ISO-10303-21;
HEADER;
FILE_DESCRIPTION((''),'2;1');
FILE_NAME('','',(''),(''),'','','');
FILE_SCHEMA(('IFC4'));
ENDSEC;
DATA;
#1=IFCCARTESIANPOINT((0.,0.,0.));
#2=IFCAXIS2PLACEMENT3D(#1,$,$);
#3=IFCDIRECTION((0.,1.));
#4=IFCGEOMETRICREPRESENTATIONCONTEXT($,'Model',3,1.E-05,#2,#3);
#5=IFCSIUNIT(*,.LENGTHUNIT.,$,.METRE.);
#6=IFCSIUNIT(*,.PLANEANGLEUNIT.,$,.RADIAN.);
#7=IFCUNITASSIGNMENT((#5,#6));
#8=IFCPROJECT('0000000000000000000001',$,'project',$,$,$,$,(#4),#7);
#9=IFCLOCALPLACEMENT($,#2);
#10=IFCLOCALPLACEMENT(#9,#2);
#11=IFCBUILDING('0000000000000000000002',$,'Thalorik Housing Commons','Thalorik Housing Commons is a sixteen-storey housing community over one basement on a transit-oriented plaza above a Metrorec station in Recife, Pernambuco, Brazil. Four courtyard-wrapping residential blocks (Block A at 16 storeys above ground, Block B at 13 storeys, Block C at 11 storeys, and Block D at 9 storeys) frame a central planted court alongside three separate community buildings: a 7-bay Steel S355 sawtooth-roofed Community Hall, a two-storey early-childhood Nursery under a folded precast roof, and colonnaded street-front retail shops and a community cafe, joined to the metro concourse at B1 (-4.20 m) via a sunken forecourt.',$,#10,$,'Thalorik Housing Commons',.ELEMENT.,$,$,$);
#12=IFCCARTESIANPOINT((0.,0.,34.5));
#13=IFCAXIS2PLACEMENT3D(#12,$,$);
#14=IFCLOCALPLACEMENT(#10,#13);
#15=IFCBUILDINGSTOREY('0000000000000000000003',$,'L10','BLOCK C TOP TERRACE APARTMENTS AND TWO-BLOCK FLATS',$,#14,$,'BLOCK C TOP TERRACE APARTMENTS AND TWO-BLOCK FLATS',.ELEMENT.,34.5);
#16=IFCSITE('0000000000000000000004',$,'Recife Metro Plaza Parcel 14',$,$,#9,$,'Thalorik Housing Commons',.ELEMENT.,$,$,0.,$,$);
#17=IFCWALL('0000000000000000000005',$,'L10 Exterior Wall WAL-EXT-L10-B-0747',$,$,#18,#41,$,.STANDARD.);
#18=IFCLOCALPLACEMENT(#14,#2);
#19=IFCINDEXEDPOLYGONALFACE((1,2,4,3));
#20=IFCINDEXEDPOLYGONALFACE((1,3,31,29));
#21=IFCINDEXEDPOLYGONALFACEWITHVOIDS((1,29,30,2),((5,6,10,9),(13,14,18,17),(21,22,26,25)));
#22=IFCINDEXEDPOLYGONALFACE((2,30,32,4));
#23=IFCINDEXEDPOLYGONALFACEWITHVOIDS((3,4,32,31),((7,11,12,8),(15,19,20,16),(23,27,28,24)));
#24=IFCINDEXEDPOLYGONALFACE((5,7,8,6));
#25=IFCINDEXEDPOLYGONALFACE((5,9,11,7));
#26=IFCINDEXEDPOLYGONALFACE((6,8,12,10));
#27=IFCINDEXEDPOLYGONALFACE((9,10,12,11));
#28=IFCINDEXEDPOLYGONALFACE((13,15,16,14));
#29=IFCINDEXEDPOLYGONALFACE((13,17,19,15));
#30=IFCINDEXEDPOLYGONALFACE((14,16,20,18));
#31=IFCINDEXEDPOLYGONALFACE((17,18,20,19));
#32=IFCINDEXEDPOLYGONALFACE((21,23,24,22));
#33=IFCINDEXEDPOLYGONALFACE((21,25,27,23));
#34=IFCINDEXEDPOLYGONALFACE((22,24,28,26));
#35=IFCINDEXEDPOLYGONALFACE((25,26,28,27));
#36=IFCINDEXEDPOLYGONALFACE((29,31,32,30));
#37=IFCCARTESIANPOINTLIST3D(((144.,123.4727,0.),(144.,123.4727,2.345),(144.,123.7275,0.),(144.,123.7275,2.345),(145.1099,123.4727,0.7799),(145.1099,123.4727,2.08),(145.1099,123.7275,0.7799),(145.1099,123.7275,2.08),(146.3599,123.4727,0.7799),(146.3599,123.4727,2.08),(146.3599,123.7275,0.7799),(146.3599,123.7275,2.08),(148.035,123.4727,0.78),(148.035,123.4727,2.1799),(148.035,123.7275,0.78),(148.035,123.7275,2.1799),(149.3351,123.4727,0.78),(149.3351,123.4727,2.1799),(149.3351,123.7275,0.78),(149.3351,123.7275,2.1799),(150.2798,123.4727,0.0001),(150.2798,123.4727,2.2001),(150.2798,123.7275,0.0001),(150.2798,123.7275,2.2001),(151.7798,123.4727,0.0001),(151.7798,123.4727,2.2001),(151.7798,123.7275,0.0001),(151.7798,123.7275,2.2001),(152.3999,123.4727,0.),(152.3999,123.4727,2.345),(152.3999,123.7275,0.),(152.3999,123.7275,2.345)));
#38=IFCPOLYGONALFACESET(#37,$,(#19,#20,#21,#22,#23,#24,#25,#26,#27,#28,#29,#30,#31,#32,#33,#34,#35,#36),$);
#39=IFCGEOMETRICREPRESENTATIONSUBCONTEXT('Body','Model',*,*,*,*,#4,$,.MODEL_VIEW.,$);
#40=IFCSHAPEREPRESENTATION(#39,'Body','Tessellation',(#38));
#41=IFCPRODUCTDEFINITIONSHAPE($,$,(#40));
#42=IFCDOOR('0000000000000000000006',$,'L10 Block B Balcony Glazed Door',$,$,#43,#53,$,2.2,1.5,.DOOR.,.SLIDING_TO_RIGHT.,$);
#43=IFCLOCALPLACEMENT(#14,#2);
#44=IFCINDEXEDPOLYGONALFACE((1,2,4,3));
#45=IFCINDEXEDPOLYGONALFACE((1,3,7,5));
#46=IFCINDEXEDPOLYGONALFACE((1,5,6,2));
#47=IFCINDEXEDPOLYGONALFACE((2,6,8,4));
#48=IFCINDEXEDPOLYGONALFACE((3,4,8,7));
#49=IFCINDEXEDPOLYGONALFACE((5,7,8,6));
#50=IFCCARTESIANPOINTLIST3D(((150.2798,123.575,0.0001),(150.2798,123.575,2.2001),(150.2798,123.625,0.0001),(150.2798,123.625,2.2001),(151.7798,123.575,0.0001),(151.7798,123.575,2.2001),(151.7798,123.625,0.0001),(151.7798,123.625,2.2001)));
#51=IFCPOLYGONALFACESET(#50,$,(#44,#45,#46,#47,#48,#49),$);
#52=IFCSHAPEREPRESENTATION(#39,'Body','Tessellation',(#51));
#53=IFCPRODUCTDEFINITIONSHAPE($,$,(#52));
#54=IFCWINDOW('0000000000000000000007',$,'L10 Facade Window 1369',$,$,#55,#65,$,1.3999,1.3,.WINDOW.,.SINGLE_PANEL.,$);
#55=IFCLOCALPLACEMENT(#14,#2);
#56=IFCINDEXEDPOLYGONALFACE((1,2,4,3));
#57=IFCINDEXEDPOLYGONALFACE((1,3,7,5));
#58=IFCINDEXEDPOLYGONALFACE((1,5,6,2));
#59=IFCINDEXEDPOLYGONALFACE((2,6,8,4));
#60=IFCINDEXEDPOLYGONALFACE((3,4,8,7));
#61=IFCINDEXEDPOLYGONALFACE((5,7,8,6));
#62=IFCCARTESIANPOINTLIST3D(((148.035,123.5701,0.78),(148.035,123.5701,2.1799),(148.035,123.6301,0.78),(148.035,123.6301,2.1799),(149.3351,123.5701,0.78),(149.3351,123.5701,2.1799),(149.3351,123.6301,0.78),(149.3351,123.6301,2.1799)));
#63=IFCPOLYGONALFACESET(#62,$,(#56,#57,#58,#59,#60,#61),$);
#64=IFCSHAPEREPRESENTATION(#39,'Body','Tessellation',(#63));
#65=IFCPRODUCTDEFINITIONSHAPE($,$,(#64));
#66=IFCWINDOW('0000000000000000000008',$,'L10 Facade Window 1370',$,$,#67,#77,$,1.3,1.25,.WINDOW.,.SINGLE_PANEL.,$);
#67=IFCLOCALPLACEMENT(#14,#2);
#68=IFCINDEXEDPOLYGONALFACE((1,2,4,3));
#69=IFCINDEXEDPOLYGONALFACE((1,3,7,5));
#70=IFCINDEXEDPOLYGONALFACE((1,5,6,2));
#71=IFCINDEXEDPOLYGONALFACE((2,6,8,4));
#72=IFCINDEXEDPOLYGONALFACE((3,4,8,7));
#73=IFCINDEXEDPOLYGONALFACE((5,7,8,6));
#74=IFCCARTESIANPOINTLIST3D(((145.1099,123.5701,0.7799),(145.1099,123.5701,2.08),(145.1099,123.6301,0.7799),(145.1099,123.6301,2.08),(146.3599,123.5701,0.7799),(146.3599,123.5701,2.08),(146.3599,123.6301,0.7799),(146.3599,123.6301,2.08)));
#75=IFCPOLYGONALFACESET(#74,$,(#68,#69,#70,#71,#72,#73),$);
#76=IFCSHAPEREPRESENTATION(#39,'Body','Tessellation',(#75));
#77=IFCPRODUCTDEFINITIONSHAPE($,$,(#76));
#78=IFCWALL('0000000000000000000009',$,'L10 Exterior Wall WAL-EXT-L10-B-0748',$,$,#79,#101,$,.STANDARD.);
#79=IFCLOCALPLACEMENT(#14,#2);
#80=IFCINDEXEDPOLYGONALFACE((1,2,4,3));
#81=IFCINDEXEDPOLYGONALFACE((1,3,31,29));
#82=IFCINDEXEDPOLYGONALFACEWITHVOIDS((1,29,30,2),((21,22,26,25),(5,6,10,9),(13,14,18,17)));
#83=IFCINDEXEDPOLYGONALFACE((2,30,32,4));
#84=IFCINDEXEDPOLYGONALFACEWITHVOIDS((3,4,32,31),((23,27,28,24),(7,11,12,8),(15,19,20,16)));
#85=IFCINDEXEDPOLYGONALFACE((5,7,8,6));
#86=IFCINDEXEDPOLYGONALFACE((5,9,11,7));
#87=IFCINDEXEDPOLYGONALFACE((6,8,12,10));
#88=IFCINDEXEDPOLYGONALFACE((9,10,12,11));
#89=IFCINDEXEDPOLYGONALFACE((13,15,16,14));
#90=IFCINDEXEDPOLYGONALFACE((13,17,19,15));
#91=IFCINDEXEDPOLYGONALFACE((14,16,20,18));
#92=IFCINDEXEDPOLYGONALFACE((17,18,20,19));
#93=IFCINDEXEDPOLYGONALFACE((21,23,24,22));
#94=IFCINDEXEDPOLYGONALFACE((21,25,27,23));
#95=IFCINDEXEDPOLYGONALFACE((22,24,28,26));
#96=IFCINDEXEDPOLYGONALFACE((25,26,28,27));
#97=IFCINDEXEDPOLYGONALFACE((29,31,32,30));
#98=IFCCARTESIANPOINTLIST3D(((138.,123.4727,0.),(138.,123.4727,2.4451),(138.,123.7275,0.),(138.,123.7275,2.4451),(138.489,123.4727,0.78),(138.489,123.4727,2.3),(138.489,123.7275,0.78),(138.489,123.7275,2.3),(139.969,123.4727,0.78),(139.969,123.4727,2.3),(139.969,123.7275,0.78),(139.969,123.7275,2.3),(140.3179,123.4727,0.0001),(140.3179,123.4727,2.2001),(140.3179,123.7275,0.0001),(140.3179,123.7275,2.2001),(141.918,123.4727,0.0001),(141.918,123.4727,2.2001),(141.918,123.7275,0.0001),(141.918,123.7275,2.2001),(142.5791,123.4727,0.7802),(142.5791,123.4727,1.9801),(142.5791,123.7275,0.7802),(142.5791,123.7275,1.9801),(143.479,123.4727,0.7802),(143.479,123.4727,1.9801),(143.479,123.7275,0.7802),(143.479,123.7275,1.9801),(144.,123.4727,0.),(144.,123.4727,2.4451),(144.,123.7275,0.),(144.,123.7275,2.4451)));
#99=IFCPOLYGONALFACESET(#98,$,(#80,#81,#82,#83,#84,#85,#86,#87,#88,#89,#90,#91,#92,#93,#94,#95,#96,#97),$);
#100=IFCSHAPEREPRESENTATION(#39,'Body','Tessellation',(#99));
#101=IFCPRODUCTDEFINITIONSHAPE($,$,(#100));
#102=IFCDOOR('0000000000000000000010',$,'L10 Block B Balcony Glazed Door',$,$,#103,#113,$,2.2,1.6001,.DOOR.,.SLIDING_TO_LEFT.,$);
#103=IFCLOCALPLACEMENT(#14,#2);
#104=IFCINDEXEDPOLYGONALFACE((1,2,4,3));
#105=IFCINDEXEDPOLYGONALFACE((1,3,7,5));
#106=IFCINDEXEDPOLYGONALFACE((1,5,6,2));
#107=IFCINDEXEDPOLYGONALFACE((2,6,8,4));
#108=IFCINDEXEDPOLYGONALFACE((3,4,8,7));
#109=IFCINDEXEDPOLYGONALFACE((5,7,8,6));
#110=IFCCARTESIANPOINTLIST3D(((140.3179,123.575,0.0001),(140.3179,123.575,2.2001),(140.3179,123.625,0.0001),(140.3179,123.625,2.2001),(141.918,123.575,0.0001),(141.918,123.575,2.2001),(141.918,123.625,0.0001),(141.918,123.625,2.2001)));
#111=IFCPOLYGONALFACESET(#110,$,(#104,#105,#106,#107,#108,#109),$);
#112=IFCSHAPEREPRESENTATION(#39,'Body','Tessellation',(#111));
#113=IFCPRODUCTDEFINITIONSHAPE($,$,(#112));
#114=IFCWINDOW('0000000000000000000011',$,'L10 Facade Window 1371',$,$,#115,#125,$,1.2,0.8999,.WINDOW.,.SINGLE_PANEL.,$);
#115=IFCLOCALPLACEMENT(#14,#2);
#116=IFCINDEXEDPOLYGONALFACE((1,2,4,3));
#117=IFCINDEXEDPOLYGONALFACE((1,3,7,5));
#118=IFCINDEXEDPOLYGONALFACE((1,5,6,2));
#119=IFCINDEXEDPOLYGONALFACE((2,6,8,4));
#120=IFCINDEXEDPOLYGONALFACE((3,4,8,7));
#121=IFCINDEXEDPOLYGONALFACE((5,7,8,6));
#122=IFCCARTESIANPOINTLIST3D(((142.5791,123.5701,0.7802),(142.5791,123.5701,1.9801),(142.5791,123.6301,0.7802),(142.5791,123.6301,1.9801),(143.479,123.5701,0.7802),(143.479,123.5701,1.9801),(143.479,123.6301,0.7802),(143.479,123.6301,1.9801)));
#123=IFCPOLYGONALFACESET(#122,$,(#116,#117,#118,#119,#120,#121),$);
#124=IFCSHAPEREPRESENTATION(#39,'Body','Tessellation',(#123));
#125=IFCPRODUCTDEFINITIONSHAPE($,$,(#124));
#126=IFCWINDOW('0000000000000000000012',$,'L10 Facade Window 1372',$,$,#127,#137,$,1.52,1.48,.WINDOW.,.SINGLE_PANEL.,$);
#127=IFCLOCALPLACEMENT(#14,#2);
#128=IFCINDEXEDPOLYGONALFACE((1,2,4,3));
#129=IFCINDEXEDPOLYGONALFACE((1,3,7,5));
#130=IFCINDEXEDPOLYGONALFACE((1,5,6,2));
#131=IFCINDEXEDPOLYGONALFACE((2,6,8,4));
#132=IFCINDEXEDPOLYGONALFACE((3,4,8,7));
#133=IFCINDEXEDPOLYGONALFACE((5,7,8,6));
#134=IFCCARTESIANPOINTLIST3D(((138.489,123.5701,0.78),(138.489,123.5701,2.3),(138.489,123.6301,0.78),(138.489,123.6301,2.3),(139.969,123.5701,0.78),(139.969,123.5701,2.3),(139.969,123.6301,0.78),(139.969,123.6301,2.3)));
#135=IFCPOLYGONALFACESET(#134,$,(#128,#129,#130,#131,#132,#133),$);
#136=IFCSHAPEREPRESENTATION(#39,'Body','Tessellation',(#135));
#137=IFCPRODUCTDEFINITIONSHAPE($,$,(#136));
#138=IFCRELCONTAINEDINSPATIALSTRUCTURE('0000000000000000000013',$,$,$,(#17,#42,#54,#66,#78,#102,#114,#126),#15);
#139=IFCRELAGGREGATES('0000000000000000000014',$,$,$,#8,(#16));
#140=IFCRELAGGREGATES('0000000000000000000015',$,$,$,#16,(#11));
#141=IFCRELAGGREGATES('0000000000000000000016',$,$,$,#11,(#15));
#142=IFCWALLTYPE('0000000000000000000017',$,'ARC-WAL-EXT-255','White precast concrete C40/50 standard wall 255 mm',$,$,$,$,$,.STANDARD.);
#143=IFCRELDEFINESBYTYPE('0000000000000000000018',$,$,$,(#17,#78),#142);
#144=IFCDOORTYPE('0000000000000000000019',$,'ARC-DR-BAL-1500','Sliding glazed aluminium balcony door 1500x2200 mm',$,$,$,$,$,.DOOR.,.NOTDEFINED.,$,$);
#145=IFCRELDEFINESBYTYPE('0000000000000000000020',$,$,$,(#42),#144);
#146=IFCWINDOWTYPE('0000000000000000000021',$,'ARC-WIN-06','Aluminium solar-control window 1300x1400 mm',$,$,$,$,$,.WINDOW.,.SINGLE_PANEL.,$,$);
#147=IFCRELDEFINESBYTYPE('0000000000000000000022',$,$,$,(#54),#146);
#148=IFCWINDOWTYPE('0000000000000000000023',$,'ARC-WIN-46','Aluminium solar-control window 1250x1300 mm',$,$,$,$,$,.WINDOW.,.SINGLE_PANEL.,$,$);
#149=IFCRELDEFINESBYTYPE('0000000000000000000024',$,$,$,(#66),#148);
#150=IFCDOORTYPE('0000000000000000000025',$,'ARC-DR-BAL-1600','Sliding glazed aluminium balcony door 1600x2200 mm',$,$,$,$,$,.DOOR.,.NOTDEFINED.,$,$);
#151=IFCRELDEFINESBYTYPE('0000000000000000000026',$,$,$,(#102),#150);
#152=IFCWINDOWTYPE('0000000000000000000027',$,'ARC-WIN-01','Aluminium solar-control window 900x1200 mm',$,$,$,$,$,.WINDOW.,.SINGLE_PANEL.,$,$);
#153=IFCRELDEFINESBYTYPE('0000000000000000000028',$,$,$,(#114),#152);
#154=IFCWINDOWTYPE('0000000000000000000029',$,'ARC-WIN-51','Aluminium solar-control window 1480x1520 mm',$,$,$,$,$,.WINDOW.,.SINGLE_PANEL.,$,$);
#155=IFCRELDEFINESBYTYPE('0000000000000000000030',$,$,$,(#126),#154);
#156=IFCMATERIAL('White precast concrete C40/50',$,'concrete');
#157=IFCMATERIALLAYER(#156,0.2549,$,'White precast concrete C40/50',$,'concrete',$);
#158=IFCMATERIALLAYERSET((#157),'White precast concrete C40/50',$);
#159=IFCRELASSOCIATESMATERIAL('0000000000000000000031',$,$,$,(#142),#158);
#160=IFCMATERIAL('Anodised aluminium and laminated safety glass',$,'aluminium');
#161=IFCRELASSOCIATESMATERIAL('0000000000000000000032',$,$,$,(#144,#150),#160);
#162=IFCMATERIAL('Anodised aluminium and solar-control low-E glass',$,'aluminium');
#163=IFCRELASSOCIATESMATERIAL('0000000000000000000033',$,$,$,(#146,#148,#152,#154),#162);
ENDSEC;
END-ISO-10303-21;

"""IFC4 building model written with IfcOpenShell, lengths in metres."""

from ifc_helpers import new_model, si_unit, direction, frame, frame_2d, origin, place, context, subcontext, project, spatial, rectangle, extrude, material, layer, layer_set, type_object, element, fill, save


model = new_model("IFC4")

# Units and contexts
model_context = context("Model", 3, precision=1e-05, world=origin(), true_north=direction((0.0, 1.0)))
body_context = subcontext(model_context, "Body", "Model", "MODEL_VIEW")
ifc_project = project(units=[si_unit("LENGTHUNIT", "METRE"), si_unit("PLANEANGLEUNIT", "RADIAN")], contexts=[model_context])

# Site, building, storey
site_placement = place(None, origin())
site = spatial("IfcSite", under=ifc_project, at=site_placement, Name="Recife Metro Plaza Parcel 14", LongName="Thalorik Housing Commons", CompositionType="ELEMENT", RefElevation=0.0)
building_placement = place(site_placement, origin())
building = spatial("IfcBuilding", under=site, at=building_placement, Name="Thalorik Housing Commons", Description="Thalorik Housing Commons is a sixteen-storey housing community over one basement on a transit-oriented plaza above a Metrorec station in Recife, Pernambuco, Brazil. Four courtyard-wrapping residential blocks (Block A at 16 storeys above ground, Block B at 13 storeys, Block C at 11 storeys, and Block D at 9 storeys) frame a central planted court alongside three separate community buildings: a 7-bay Steel S355 sawtooth-roofed Community Hall, a two-storey early-childhood Nursery under a folded precast roof, and colonnaded street-front retail shops and a community cafe, joined to the metro concourse at B1 (-4.20 m) via a sunken forecourt.", LongName="Thalorik Housing Commons", CompositionType="ELEMENT")
storey_placement = place(building_placement, frame((0.0, 0.0, 34.5)))
storey = spatial("IfcBuildingStorey", under=building, at=storey_placement, Name="L10", Description="BLOCK C TOP TERRACE APARTMENTS AND TWO-BLOCK FLATS", LongName="BLOCK C TOP TERRACE APARTMENTS AND TWO-BLOCK FLATS", CompositionType="ELEMENT", Elevation=34.5)

# Shared definitions
ifc_material_1 = material(Name="Anodised aluminium and solar-control low-E glass", Category="aluminium")

# Shared definitions
ifc_material_2 = material(Name="White precast concrete C40/50", Category="concrete")
ifc_layer_1 = layer(ifc_material_2, 0.2549, Name="White precast concrete C40/50", Category="concrete")
ifc_layer_set_1 = layer_set([ifc_layer_1], Name="White precast concrete C40/50")
wall_type_1 = type_object("IfcWallType", Name="ARC-WAL-EXT-255", Description="White precast concrete C40/50 standard wall 255 mm", PredefinedType="STANDARD", material=ifc_layer_set_1)

# Walls, openings, doors, windows
wall_1_placement = place(storey_placement, frame((152.3999, 123.6001, 0.0), z_axis=(0.0, 0.0, 1.0), x_axis=(-1.0, 0.0, 0.0)))
wall_1 = element("IfcWall", 1, at=wall_1_placement, inside=storey, type_object=wall_type_1, Name="L10 Exterior Wall WAL-EXT-L10-B-0747", PredefinedType="STANDARD", context=body_context, shape_type="SweptSolid", body=[
    extrude(rectangle(XDim=8.3999, YDim=0.2549, at=frame_2d((4.2, 0.0))), origin(), (0.0, 0.0, 1.0), 2.345),
])
opening_1_placement = place(wall_1_placement, frame((0.6201, 0.0, 0.0)))
opening_1 = element("IfcOpeningElement", 2, at=opening_1_placement, cuts=wall_1, PredefinedType="OPENING", context=body_context, shape_type="SweptSolid", body=[
    extrude(rectangle(XDim=1.5, YDim=2.2, at=frame_2d((0.75, 1.1001))), frame((0.0, 0.1375, 0.0), z_axis=(0.0, -1.0, 0.0), x_axis=(1.0, 0.0, 0.0)), (0.0, 0.0, 1.0), 0.2749),
])
opening_2_placement = place(wall_1_placement, frame((3.0649, 0.0, 0.78)))
opening_2 = element("IfcOpeningElement", 3, at=opening_2_placement, cuts=wall_1, PredefinedType="OPENING", context=body_context, shape_type="SweptSolid", body=[
    extrude(rectangle(XDim=1.3, YDim=1.3999, at=frame_2d((0.6499, 0.7))), frame((0.0, 0.1375, 0.0), z_axis=(0.0, -1.0, 0.0), x_axis=(1.0, 0.0, 0.0)), (0.0, 0.0, 1.0), 0.2749),
])
opening_3_placement = place(wall_1_placement, frame((6.04, 0.0, 0.78)))
opening_3 = element("IfcOpeningElement", 4, at=opening_3_placement, cuts=wall_1, PredefinedType="OPENING", context=body_context, shape_type="SweptSolid", body=[
    extrude(rectangle(XDim=1.25, YDim=1.3, at=frame_2d((0.625, 0.6499))), frame((0.0, 0.1375, 0.0), z_axis=(0.0, -1.0, 0.0), x_axis=(1.0, 0.0, 0.0)), (0.0, 0.0, 1.0), 0.2749),
])
ifc_material_3 = material(Name="Anodised aluminium and laminated safety glass", Category="aluminium")
door_type_1 = type_object("IfcDoorType", Name="ARC-DR-BAL-1500", Description="Sliding glazed aluminium balcony door 1500x2200 mm", OperationType="NOTDEFINED", PredefinedType="DOOR", material=ifc_material_3)
door_1_placement = place(opening_1_placement, frame((1.5, 0.0, 0.0), z_axis=(0.0, 0.0, 1.0), x_axis=(-1.0, 0.0, 0.0)))
door_1 = element("IfcDoor", 5, at=door_1_placement, inside=storey, type_object=door_type_1, Name="L10 Block B Balcony Glazed Door", OperationType="SLIDING_TO_RIGHT", OverallHeight=2.2, OverallWidth=1.5, PredefinedType="DOOR", context=body_context, shape_type="SweptSolid", body=[
    extrude(rectangle(XDim=1.5, YDim=2.2, at=frame_2d((0.75, 1.1001))), frame((0.0, 0.0249, 0.0), z_axis=(0.0, -1.0, 0.0), x_axis=(1.0, 0.0, 0.0)), (0.0, 0.0, 1.0), 0.05),
])
fill(opening_1, door_1)
window_type_1 = type_object("IfcWindowType", Name="ARC-WIN-06", Description="Aluminium solar-control window 1300x1400 mm", PartitioningType="SINGLE_PANEL", PredefinedType="WINDOW", material=ifc_material_1)
window_1_placement = place(opening_2_placement, origin())
window_1 = element("IfcWindow", 6, at=window_1_placement, inside=storey, type_object=window_type_1, Name="L10 Facade Window 1369", OverallHeight=1.3999, OverallWidth=1.3, PartitioningType="SINGLE_PANEL", PredefinedType="WINDOW", context=body_context, shape_type="SweptSolid", body=[
    extrude(rectangle(XDim=1.3, YDim=1.3999, at=frame_2d((0.6499, 0.7))), frame((0.0, 0.03, 0.0), z_axis=(0.0, -1.0, 0.0), x_axis=(1.0, 0.0, 0.0)), (0.0, 0.0, 1.0), 0.0601),
])
fill(opening_2, window_1)
window_type_2 = type_object("IfcWindowType", Name="ARC-WIN-46", Description="Aluminium solar-control window 1250x1300 mm", PartitioningType="SINGLE_PANEL", PredefinedType="WINDOW", material=ifc_material_1)
window_2_placement = place(opening_3_placement, origin())
window_2 = element("IfcWindow", 7, at=window_2_placement, inside=storey, type_object=window_type_2, Name="L10 Facade Window 1370", OverallHeight=1.3, OverallWidth=1.25, PartitioningType="SINGLE_PANEL", PredefinedType="WINDOW", context=body_context, shape_type="SweptSolid", body=[
    extrude(rectangle(XDim=1.25, YDim=1.3, at=frame_2d((0.625, 0.6499))), frame((0.0, 0.03, 0.0), z_axis=(0.0, -1.0, 0.0), x_axis=(1.0, 0.0, 0.0)), (0.0, 0.0, 1.0), 0.0601),
])
fill(opening_3, window_2)
wall_2_placement = place(storey_placement, frame((144.0, 123.6001, 0.0), z_axis=(0.0, 0.0, 1.0), x_axis=(-1.0, 0.0, 0.0)))
wall_2 = element("IfcWall", 8, at=wall_2_placement, inside=storey, type_object=wall_type_1, Name="L10 Exterior Wall WAL-EXT-L10-B-0748", PredefinedType="STANDARD", context=body_context, shape_type="SweptSolid", body=[
    extrude(rectangle(XDim=6.0, YDim=0.2549, at=frame_2d((3.0, 0.0))), origin(), (0.0, 0.0, 1.0), 2.4451),
])
opening_4_placement = place(wall_2_placement, frame((2.082, 0.0, 0.0)))
opening_4 = element("IfcOpeningElement", 9, at=opening_4_placement, cuts=wall_2, PredefinedType="OPENING", context=body_context, shape_type="SweptSolid", body=[
    extrude(rectangle(XDim=1.6001, YDim=2.2, at=frame_2d((0.8, 1.1001))), frame((0.0, 0.1375, 0.0), z_axis=(0.0, -1.0, 0.0), x_axis=(1.0, 0.0, 0.0)), (0.0, 0.0, 1.0), 0.2749),
])
opening_5_placement = place(wall_2_placement, frame((0.521, 0.0, 0.78)))
opening_5 = element("IfcOpeningElement", 10, at=opening_5_placement, cuts=wall_2, PredefinedType="OPENING", context=body_context, shape_type="SweptSolid", body=[
    extrude(rectangle(XDim=0.8999, YDim=1.2, at=frame_2d((0.45, 0.6001))), frame((0.0, 0.1375, 0.0), z_axis=(0.0, -1.0, 0.0), x_axis=(1.0, 0.0, 0.0)), (0.0, 0.0, 1.0), 0.2749),
])
opening_6_placement = place(wall_2_placement, frame((4.031, 0.0, 0.78)))
opening_6 = element("IfcOpeningElement", 11, at=opening_6_placement, cuts=wall_2, PredefinedType="OPENING", context=body_context, shape_type="SweptSolid", body=[
    extrude(rectangle(XDim=1.48, YDim=1.52, at=frame_2d((0.74, 0.76))), frame((0.0, 0.1375, 0.0), z_axis=(0.0, -1.0, 0.0), x_axis=(1.0, 0.0, 0.0)), (0.0, 0.0, 1.0), 0.2749),
])
door_type_2 = type_object("IfcDoorType", Name="ARC-DR-BAL-1600", Description="Sliding glazed aluminium balcony door 1600x2200 mm", OperationType="NOTDEFINED", PredefinedType="DOOR", material=ifc_material_3)
door_2_placement = place(opening_4_placement, frame((1.6001, 0.0, 0.0), z_axis=(0.0, 0.0, 1.0), x_axis=(-1.0, 0.0, 0.0)))
door_2 = element("IfcDoor", 12, at=door_2_placement, inside=storey, type_object=door_type_2, Name="L10 Block B Balcony Glazed Door", OperationType="SLIDING_TO_LEFT", OverallHeight=2.2, OverallWidth=1.6001, PredefinedType="DOOR", context=body_context, shape_type="SweptSolid", body=[
    extrude(rectangle(XDim=1.6001, YDim=2.2, at=frame_2d((0.8, 1.1001))), frame((0.0, 0.0249, 0.0), z_axis=(0.0, -1.0, 0.0), x_axis=(1.0, 0.0, 0.0)), (0.0, 0.0, 1.0), 0.05),
])
fill(opening_4, door_2)
window_type_3 = type_object("IfcWindowType", Name="ARC-WIN-01", Description="Aluminium solar-control window 900x1200 mm", PartitioningType="SINGLE_PANEL", PredefinedType="WINDOW", material=ifc_material_1)
window_3_placement = place(opening_5_placement, origin())
window_3 = element("IfcWindow", 13, at=window_3_placement, inside=storey, type_object=window_type_3, Name="L10 Facade Window 1371", OverallHeight=1.2, OverallWidth=0.8999, PartitioningType="SINGLE_PANEL", PredefinedType="WINDOW", context=body_context, shape_type="SweptSolid", body=[
    extrude(rectangle(XDim=0.8999, YDim=1.2, at=frame_2d((0.45, 0.6001))), frame((0.0, 0.03, 0.0), z_axis=(0.0, -1.0, 0.0), x_axis=(1.0, 0.0, 0.0)), (0.0, 0.0, 1.0), 0.0601),
])
fill(opening_5, window_3)
window_type_4 = type_object("IfcWindowType", Name="ARC-WIN-51", Description="Aluminium solar-control window 1480x1520 mm", PartitioningType="SINGLE_PANEL", PredefinedType="WINDOW", material=ifc_material_1)
window_4_placement = place(opening_6_placement, origin())
window_4 = element("IfcWindow", 14, at=window_4_placement, inside=storey, type_object=window_type_4, Name="L10 Facade Window 1372", OverallHeight=1.52, OverallWidth=1.48, PartitioningType="SINGLE_PANEL", PredefinedType="WINDOW", context=body_context, shape_type="SweptSolid", body=[
    extrude(rectangle(XDim=1.48, YDim=1.52, at=frame_2d((0.74, 0.76))), frame((0.0, 0.03, 0.0), z_axis=(0.0, -1.0, 0.0), x_axis=(1.0, 0.0, 0.0)), (0.0, 0.0, 1.0), 0.0601),
])
fill(opening_6, window_4)

save(model, "model.ifc")
